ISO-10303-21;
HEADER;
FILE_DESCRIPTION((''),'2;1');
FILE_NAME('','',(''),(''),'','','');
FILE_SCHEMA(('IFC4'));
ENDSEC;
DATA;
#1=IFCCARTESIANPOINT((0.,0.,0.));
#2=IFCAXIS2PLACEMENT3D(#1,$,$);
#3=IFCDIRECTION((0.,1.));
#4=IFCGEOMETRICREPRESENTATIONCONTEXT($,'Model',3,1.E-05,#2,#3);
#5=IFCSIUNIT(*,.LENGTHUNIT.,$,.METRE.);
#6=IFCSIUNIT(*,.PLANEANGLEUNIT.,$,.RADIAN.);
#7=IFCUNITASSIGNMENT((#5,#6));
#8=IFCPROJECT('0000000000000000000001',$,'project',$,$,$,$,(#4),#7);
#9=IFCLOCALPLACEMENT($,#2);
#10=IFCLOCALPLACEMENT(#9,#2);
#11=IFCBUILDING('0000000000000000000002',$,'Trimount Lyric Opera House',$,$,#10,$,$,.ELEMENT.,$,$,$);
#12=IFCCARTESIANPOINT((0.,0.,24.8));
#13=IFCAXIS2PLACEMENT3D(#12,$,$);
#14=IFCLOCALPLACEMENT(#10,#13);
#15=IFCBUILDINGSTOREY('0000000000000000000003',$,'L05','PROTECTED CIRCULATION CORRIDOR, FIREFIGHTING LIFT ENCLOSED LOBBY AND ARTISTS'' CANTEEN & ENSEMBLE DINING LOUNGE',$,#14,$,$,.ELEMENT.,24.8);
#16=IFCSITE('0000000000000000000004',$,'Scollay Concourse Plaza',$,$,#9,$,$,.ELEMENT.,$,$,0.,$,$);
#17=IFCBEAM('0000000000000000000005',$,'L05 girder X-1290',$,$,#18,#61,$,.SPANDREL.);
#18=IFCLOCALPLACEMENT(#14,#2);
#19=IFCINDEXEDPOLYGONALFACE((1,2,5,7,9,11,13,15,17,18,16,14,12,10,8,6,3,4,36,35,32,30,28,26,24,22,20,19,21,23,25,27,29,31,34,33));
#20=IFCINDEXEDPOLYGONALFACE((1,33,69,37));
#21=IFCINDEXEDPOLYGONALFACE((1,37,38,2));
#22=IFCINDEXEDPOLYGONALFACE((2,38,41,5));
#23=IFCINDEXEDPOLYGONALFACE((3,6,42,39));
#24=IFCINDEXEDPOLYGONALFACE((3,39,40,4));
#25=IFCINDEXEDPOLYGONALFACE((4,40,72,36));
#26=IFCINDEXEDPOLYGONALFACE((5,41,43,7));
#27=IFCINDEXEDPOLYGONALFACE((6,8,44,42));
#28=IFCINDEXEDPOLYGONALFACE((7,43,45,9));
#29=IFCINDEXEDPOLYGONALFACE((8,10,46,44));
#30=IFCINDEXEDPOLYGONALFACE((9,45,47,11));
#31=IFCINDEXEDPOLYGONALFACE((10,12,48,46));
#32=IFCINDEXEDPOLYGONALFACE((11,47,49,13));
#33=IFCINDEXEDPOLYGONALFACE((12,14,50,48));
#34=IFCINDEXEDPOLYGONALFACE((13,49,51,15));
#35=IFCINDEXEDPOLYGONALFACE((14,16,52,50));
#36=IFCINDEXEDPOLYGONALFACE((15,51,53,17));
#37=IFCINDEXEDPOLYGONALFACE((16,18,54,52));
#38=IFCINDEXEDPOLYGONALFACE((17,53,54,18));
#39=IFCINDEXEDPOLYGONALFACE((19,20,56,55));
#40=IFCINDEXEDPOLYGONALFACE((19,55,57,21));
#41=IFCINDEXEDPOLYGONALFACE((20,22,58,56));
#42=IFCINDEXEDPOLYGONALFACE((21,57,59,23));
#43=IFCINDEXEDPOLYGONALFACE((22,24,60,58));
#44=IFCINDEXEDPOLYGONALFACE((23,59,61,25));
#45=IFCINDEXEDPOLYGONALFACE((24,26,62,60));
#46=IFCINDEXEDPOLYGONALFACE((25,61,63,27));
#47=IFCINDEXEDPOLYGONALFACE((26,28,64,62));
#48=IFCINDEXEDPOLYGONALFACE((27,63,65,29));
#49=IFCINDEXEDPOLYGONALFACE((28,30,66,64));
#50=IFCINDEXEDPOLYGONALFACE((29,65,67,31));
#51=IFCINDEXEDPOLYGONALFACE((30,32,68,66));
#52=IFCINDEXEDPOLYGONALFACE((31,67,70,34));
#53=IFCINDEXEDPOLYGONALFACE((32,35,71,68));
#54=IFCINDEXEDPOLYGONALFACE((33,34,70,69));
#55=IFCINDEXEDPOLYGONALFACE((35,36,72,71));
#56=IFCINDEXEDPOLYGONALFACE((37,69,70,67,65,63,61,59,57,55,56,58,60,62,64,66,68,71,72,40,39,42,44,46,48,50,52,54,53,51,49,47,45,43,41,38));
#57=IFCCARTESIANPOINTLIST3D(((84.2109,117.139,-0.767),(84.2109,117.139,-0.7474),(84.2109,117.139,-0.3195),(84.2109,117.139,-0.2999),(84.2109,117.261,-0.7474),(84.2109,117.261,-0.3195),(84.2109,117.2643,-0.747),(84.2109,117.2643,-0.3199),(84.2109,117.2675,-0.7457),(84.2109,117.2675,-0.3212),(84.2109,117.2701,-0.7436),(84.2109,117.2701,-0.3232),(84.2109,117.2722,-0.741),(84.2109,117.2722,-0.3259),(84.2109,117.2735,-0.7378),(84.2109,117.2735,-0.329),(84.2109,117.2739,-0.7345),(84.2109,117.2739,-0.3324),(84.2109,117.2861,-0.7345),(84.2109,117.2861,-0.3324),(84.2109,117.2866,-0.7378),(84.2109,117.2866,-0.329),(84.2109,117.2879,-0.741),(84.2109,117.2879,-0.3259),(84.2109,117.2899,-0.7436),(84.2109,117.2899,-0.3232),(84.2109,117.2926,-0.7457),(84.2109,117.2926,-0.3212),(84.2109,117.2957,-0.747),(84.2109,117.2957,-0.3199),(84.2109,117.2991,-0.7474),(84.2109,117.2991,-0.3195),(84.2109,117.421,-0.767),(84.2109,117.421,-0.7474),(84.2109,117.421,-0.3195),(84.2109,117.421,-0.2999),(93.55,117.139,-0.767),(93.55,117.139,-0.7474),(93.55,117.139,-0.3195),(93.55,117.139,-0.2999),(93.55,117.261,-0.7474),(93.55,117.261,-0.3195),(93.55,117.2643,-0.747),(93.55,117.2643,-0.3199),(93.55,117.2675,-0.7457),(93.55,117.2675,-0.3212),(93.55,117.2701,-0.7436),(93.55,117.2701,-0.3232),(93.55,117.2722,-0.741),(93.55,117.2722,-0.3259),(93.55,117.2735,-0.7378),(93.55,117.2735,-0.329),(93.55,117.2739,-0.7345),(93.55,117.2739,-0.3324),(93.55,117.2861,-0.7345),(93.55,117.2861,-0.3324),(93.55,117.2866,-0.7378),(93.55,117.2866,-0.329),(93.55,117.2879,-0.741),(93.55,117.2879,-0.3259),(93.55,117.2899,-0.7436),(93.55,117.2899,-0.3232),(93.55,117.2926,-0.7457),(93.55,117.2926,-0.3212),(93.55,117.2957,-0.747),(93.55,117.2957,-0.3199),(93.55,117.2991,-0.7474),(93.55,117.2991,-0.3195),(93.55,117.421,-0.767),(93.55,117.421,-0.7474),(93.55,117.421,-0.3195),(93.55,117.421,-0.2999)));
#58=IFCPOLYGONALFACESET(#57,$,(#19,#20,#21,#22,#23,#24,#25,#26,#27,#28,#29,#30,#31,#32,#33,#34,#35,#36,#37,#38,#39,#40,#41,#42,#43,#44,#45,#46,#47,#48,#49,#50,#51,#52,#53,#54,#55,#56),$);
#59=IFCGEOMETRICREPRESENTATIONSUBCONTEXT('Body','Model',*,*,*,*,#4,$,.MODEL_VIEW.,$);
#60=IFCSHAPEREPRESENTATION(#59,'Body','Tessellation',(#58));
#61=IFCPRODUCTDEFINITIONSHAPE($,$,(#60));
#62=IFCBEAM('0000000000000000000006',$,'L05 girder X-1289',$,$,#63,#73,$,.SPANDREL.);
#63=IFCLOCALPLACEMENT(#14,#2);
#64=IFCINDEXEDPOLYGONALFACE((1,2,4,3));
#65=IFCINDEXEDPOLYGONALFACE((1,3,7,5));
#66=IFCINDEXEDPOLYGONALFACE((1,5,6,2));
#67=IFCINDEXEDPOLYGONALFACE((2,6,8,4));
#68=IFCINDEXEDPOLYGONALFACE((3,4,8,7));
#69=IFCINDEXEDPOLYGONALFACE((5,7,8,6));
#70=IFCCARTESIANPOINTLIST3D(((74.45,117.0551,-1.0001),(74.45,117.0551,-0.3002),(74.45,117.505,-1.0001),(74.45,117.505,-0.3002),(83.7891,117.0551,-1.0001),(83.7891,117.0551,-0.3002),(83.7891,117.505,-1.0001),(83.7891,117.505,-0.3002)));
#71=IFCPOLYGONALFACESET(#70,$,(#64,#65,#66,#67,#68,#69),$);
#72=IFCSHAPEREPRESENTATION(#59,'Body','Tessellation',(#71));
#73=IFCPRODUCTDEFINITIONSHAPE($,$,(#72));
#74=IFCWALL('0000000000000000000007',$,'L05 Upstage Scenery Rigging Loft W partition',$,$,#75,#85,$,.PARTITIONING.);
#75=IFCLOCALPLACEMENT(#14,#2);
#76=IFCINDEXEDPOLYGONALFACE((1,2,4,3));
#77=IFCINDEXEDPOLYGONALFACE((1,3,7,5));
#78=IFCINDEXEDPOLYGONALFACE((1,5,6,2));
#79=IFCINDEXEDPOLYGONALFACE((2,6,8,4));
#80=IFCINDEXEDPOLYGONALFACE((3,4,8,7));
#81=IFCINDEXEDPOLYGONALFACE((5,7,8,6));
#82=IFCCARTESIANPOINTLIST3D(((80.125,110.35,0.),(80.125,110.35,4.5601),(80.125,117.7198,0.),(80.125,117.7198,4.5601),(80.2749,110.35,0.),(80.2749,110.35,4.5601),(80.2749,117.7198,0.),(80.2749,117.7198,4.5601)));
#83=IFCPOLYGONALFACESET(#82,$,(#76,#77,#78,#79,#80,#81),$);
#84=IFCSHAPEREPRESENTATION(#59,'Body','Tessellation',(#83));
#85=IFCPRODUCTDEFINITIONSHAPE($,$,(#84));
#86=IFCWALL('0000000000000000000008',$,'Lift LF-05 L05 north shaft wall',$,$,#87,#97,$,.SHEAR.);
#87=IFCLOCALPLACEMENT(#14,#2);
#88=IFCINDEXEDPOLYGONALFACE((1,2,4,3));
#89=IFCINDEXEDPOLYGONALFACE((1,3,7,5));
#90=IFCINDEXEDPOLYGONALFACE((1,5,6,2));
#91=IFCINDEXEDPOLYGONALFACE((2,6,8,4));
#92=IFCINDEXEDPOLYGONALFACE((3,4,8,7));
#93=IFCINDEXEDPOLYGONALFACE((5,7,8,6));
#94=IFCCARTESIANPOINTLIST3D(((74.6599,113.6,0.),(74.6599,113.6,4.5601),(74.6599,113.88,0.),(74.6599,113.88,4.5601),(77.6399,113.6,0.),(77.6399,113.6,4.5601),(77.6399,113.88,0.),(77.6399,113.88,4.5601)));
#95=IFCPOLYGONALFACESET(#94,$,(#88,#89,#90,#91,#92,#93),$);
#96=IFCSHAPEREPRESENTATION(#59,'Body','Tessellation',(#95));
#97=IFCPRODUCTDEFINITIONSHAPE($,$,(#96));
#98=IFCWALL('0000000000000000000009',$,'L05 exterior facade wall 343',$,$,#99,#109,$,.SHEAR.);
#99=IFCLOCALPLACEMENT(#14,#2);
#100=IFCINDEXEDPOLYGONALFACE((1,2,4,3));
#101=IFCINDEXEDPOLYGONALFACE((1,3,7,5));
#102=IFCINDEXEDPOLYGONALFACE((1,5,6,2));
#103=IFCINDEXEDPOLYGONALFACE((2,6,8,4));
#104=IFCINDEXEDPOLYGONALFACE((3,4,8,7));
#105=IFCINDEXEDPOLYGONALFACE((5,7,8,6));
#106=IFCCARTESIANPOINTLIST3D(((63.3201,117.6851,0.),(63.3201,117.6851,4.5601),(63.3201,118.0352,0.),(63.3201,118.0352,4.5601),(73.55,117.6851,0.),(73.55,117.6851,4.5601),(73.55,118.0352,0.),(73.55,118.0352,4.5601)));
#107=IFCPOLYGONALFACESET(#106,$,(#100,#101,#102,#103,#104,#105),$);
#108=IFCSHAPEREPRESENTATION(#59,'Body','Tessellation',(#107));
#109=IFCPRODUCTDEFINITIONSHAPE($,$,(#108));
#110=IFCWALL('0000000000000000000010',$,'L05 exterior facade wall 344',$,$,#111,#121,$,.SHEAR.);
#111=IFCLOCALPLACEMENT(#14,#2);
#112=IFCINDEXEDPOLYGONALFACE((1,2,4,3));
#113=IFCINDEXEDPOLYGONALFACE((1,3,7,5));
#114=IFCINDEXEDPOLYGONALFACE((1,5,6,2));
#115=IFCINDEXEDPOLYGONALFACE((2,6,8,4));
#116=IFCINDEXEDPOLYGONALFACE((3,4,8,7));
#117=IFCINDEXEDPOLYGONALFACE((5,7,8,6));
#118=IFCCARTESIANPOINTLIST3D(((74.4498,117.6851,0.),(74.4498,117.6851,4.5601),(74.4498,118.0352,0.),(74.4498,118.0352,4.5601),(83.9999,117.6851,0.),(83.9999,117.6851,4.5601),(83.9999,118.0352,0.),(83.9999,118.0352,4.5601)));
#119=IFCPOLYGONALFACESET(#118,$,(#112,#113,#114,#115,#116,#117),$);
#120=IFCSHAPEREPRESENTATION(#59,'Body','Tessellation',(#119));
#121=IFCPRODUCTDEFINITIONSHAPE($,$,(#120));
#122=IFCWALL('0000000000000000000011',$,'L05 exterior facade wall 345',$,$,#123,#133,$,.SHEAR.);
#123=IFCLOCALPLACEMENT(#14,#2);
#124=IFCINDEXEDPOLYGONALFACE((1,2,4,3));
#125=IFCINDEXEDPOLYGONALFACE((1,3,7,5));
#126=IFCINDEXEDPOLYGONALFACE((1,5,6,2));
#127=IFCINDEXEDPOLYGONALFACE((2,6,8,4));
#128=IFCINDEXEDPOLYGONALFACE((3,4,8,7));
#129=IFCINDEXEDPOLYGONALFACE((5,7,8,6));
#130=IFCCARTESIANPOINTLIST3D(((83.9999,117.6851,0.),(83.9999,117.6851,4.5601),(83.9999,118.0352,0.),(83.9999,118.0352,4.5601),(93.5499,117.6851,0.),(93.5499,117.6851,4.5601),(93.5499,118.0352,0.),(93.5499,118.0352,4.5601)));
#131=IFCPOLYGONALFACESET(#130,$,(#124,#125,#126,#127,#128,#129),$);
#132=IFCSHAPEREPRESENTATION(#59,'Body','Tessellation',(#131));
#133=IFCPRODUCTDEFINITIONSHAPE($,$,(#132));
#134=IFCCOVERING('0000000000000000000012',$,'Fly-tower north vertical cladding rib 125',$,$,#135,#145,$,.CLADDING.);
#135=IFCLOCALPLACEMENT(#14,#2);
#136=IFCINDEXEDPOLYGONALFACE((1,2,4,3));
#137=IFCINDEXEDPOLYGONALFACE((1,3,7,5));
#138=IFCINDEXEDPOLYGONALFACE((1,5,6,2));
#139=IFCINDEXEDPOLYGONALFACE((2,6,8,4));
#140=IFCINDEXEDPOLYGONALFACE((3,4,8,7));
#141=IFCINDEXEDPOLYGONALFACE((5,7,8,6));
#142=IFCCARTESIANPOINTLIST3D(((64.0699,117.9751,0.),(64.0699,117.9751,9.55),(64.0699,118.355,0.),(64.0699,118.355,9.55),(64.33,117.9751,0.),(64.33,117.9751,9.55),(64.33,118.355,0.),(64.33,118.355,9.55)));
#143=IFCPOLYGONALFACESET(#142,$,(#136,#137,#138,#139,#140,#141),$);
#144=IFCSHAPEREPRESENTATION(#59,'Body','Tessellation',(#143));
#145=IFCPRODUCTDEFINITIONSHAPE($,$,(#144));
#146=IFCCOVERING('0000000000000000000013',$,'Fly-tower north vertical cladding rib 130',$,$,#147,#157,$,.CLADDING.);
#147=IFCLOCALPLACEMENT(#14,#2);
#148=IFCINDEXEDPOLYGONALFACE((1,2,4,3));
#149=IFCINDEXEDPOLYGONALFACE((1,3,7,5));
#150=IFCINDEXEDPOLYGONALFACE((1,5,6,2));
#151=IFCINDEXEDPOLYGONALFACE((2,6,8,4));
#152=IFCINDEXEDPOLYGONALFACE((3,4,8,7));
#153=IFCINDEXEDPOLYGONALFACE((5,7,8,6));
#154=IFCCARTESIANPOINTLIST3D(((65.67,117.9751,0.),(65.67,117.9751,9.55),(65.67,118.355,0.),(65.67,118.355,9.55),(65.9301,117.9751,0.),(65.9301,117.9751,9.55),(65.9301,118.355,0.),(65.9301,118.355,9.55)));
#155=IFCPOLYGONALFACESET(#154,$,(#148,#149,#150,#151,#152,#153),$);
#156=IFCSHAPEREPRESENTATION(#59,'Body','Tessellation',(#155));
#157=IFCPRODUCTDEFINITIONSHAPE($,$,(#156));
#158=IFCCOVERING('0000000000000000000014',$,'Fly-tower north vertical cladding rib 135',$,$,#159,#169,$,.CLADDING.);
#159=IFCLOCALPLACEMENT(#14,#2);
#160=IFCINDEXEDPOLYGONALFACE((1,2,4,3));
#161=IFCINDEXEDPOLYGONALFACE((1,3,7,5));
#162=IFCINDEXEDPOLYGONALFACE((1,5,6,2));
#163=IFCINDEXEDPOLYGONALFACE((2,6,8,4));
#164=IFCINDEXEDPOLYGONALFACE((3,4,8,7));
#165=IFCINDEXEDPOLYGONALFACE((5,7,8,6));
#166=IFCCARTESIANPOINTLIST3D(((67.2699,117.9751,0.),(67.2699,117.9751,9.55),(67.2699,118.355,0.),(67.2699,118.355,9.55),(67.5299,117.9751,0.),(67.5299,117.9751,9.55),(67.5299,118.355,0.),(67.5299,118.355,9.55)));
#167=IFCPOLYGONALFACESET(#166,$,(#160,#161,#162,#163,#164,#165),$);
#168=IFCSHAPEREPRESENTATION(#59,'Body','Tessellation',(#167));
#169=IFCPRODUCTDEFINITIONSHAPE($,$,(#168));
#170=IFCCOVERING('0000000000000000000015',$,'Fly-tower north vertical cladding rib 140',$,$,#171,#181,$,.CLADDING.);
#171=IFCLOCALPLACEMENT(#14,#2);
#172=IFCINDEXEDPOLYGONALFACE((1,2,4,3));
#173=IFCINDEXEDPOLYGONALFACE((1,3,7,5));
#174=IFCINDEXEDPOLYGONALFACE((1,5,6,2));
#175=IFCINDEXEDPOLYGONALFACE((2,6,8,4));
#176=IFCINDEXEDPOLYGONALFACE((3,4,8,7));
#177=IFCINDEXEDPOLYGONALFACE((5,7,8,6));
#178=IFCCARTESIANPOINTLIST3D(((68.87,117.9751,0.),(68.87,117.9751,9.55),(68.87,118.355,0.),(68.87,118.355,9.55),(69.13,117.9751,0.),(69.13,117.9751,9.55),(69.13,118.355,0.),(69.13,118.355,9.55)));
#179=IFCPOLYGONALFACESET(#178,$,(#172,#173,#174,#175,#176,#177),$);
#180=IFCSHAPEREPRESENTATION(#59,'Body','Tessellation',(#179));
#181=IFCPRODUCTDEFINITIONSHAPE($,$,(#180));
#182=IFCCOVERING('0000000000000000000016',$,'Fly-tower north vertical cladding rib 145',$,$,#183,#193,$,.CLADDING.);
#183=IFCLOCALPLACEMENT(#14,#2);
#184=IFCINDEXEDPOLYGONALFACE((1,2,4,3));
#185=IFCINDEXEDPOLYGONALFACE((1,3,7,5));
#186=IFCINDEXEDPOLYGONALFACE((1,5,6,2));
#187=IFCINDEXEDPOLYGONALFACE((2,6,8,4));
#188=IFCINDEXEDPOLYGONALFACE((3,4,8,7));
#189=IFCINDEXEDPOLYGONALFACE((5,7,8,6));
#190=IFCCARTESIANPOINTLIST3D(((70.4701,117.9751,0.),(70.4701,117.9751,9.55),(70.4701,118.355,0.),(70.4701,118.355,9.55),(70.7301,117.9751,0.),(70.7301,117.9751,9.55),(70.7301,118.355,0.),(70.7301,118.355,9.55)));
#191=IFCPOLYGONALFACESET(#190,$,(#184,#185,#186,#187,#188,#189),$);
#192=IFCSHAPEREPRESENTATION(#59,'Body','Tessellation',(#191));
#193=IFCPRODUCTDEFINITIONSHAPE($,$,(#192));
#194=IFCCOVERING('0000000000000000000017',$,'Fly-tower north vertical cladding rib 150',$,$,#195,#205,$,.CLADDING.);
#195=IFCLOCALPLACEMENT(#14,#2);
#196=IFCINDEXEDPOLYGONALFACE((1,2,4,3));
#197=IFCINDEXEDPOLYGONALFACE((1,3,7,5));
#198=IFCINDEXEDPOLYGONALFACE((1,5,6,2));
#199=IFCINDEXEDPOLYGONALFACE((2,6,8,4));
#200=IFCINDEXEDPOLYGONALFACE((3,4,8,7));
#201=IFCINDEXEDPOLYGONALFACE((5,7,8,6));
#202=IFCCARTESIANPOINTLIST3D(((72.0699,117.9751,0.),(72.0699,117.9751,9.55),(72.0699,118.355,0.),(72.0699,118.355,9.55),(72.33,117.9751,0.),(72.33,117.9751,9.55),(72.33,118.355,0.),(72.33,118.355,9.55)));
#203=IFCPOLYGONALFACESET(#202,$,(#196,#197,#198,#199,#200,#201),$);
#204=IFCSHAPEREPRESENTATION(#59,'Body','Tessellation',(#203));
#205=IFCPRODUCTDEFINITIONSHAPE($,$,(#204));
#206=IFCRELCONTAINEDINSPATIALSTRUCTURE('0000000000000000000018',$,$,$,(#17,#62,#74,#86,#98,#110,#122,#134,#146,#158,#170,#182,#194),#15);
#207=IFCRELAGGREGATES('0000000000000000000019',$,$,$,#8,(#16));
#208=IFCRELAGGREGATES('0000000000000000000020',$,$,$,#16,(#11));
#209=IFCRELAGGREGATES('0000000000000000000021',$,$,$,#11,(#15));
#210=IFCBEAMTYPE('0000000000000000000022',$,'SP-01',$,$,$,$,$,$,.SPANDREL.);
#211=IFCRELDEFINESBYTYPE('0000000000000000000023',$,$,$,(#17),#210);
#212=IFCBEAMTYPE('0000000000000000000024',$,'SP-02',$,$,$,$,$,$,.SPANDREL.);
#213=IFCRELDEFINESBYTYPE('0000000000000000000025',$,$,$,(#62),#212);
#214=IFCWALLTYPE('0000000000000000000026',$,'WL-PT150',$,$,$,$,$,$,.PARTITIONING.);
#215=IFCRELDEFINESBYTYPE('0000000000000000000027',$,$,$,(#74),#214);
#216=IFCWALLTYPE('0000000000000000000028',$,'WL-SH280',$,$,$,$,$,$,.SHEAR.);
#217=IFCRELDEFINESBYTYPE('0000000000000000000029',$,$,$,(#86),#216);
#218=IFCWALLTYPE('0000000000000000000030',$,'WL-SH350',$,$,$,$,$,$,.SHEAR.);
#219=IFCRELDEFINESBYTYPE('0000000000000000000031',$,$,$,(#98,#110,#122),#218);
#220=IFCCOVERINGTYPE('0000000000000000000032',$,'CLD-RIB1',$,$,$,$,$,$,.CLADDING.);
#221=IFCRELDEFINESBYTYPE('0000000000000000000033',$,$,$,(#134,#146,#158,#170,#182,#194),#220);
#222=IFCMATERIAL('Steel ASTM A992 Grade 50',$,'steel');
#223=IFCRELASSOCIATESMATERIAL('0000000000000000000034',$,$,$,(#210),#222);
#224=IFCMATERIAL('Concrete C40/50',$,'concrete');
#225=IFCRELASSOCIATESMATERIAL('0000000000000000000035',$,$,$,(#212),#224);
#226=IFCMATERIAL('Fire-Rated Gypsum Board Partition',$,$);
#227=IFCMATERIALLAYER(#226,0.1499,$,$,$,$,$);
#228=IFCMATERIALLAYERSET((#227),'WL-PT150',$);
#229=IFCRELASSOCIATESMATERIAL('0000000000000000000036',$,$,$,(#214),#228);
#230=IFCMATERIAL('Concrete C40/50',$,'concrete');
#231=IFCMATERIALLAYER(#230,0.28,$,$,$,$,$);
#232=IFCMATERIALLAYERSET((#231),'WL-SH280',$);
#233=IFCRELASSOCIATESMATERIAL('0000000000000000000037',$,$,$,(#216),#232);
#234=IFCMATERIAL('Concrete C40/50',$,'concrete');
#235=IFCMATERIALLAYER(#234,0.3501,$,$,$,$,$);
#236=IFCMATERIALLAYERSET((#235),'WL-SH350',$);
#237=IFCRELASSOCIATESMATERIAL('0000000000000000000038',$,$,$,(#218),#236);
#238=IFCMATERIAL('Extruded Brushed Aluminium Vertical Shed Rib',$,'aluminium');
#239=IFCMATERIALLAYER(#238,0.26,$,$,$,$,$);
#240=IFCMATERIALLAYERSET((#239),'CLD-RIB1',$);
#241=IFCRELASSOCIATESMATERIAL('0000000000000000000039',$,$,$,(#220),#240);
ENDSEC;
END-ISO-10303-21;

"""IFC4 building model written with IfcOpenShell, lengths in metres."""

from ifc_helpers import new_model, si_unit, direction, frame, frame_2d, origin, origin_2d, place, context, subcontext, project, spatial, rectangle, i_section, extrude, material, layer, layer_set, material_profile, profile_set, type_object, element, save


model = new_model("IFC4")

# Units and contexts
model_context = context("Model", 3, precision=1e-05, world=origin(), true_north=direction((0.0, 1.0)))
body_context = subcontext(model_context, "Body", "Model", "MODEL_VIEW")
ifc_project = project(units=[si_unit("LENGTHUNIT", "METRE"), si_unit("PLANEANGLEUNIT", "RADIAN")], contexts=[model_context])

# Site, building, storey
site_placement = place(None, origin())
site = spatial("IfcSite", under=ifc_project, at=site_placement, Name="Scollay Concourse Plaza", CompositionType="ELEMENT", RefElevation=0.0)
building_placement = place(site_placement, origin())
building = spatial("IfcBuilding", under=site, at=building_placement, Name="Trimount Lyric Opera House", CompositionType="ELEMENT")
storey_placement = place(building_placement, frame((0.0, 0.0, 24.8)))
storey = spatial("IfcBuildingStorey", under=building, at=storey_placement, Name="L05", Description="PROTECTED CIRCULATION CORRIDOR, FIREFIGHTING LIFT ENCLOSED LOBBY AND ARTISTS' CANTEEN & ENSEMBLE DINING LOUNGE", CompositionType="ELEMENT", Elevation=24.8)

# Beams
ifc_material_1 = material(Name="Steel ASTM A992 Grade 50", Category="steel")
ifc_material_profile_1 = material_profile(ifc_material_1, i_section(OverallWidth=0.282, OverallDepth=0.467, WebThickness=0.0122, FlangeThickness=0.0195, FilletRadius=0.0129, at=origin_2d()), Name="W18X86")
ifc_profile_set_1 = profile_set([ifc_material_profile_1], Name="Steel ASTM A992 Grade 50")
beam_type_1 = type_object("IfcBeamType", Name="SP-01", PredefinedType="SPANDREL", material=ifc_profile_set_1)
beam_1_placement = place(storey_placement, frame((84.2109, 117.28, -0.5334), z_axis=(1.0, 0.0, 0.0), x_axis=(0.0, 1.0, 0.0)))
element("IfcBeam", 1, at=beam_1_placement, inside=storey, type_object=beam_type_1, Name="L05 girder X-1290", PredefinedType="SPANDREL", context=body_context, shape_type="SweptSolid", body=[
    extrude(i_section(OverallWidth=0.282, OverallDepth=0.467, WebThickness=0.0122, FlangeThickness=0.0195, FilletRadius=0.0129, at=origin_2d()), origin(), (0.0, 0.0, 1.0), 9.3391),
])
ifc_material_2 = material(Name="Concrete C40/50", Category="concrete")
ifc_material_profile_2 = material_profile(ifc_material_2, rectangle(XDim=0.45, YDim=0.7, at=origin_2d()), Name="RC450X700")
ifc_profile_set_2 = profile_set([ifc_material_profile_2], Name="Concrete C40/50")
beam_type_2 = type_object("IfcBeamType", Name="SP-02", PredefinedType="SPANDREL", material=ifc_profile_set_2)
beam_2_placement = place(storey_placement, frame((74.45, 117.28, -0.6501), z_axis=(1.0, 0.0, 0.0), x_axis=(0.0, 1.0, 0.0)))
element("IfcBeam", 2, at=beam_2_placement, inside=storey, type_object=beam_type_2, Name="L05 girder X-1289", PredefinedType="SPANDREL", context=body_context, shape_type="SweptSolid", body=[
    extrude(rectangle(XDim=0.45, YDim=0.7, at=origin_2d()), origin(), (0.0, 0.0, 1.0), 9.3391),
])

# Walls
ifc_material_3 = material(Name="Fire-Rated Gypsum Board Partition")
ifc_layer_1 = layer(ifc_material_3, 0.1499)
ifc_layer_set_1 = layer_set([ifc_layer_1], Name="WL-PT150")
wall_type_1 = type_object("IfcWallType", Name="WL-PT150", PredefinedType="PARTITIONING", material=ifc_layer_set_1)
wall_1_placement = place(storey_placement, frame((80.2, 117.72, 0.0), z_axis=(0.0, 0.0, 1.0), x_axis=(0.0, -1.0, 0.0)))
element("IfcWall", 3, at=wall_1_placement, inside=storey, type_object=wall_type_1, Name="L05 Upstage Scenery Rigging Loft W partition", PredefinedType="PARTITIONING", context=body_context, shape_type="SweptSolid", body=[
    extrude(rectangle(XDim=7.3699, YDim=0.1499, at=frame_2d((3.6851, 0.0))), origin(), (0.0, 0.0, 1.0), 4.5601),
])
ifc_material_4 = material(Name="Concrete C40/50", Category="concrete")
ifc_layer_2 = layer(ifc_material_4, 0.28)
ifc_layer_set_2 = layer_set([ifc_layer_2], Name="WL-SH280")
wall_type_2 = type_object("IfcWallType", Name="WL-SH280", PredefinedType="SHEAR", material=ifc_layer_set_2)
wall_2_placement = place(storey_placement, frame((77.6399, 113.74, 0.0), z_axis=(0.0, 0.0, 1.0), x_axis=(-1.0, 0.0, 0.0)))
element("IfcWall", 4, at=wall_2_placement, inside=storey, type_object=wall_type_2, Name="Lift LF-05 L05 north shaft wall", PredefinedType="SHEAR", context=body_context, shape_type="SweptSolid", body=[
    extrude(rectangle(XDim=2.98, YDim=0.28, at=frame_2d((1.49, 0.0))), origin(), (0.0, 0.0, 1.0), 4.5601),
])
ifc_material_5 = material(Name="Concrete C40/50", Category="concrete")
ifc_layer_3 = layer(ifc_material_5, 0.3501)
ifc_layer_set_3 = layer_set([ifc_layer_3], Name="WL-SH350")
wall_type_3 = type_object("IfcWallType", Name="WL-SH350", PredefinedType="SHEAR", material=ifc_layer_set_3)
wall_3_placement = place(storey_placement, frame((63.3201, 117.8601, 0.0), z_axis=(0.0, 0.0, 1.0), x_axis=(1.0, 0.0, 0.0)))
element("IfcWall", 5, at=wall_3_placement, inside=storey, type_object=wall_type_3, Name="L05 exterior facade wall 343", PredefinedType="SHEAR", context=body_context, shape_type="SweptSolid", body=[
    extrude(rectangle(XDim=10.23, YDim=0.3501, at=frame_2d((5.115, 0.0))), origin(), (0.0, 0.0, 1.0), 4.5601),
])
for number, where, z_axis, x_axis, name in (
    (6, (74.45, 117.8601, 0.0), (0.0, 0.0, 1.0), (1.0, 0.0, 0.0), "L05 exterior facade wall 344"),
    (7, (84.0, 117.8601, 0.0), (0.0, 0.0, 1.0), (1.0, 0.0, 0.0), "L05 exterior facade wall 345"),
):
    element("IfcWall", number, at=place(storey_placement, frame(where, z_axis=z_axis, x_axis=x_axis)), inside=storey, type_object=wall_type_3, Name=name, PredefinedType="SHEAR", context=body_context, shape_type="SweptSolid", body=[
        extrude(rectangle(XDim=9.55, YDim=0.3501, at=frame_2d((4.7749, 0.0))), origin(), (0.0, 0.0, 1.0), 4.5601),
    ])

# Coverings
ifc_material_6 = material(Name="Extruded Brushed Aluminium Vertical Shed Rib", Category="aluminium")
ifc_layer_4 = layer(ifc_material_6, 0.26)
ifc_layer_set_4 = layer_set([ifc_layer_4], Name="CLD-RIB1")
covering_type = type_object("IfcCoveringType", Name="CLD-RIB1", PredefinedType="CLADDING", material=ifc_layer_set_4)
for number, where, z_axis, x_axis, name in (
    (8, (64.2, 118.165, 0.0), (0.0, 0.0, 1.0), (1.0, 0.0, 0.0), "Fly-tower north vertical cladding rib 125"),
    (9, (65.8, 118.165, 0.0), (0.0, 0.0, 1.0), (1.0, 0.0, 0.0), "Fly-tower north vertical cladding rib 130"),
    (10, (67.3999, 118.165, 0.0), (0.0, 0.0, 1.0), (1.0, 0.0, 0.0), "Fly-tower north vertical cladding rib 135"),
    (11, (69.0, 118.165, 0.0), (0.0, 0.0, 1.0), (1.0, 0.0, 0.0), "Fly-tower north vertical cladding rib 140"),
    (12, (70.6001, 118.165, 0.0), (0.0, 0.0, 1.0), (1.0, 0.0, 0.0), "Fly-tower north vertical cladding rib 145"),
    (13, (72.2, 118.165, 0.0), (0.0, 0.0, 1.0), (1.0, 0.0, 0.0), "Fly-tower north vertical cladding rib 150"),
):
    element("IfcCovering", number, at=place(storey_placement, frame(where, z_axis=z_axis, x_axis=x_axis)), inside=storey, type_object=covering_type, Name=name, PredefinedType="CLADDING", context=body_context, shape_type="SweptSolid", body=[
        extrude(rectangle(XDim=0.26, YDim=0.3799, at=origin_2d()), origin(), (0.0, 0.0, 1.0), 9.55),
    ])

save(model, "model.ifc")
